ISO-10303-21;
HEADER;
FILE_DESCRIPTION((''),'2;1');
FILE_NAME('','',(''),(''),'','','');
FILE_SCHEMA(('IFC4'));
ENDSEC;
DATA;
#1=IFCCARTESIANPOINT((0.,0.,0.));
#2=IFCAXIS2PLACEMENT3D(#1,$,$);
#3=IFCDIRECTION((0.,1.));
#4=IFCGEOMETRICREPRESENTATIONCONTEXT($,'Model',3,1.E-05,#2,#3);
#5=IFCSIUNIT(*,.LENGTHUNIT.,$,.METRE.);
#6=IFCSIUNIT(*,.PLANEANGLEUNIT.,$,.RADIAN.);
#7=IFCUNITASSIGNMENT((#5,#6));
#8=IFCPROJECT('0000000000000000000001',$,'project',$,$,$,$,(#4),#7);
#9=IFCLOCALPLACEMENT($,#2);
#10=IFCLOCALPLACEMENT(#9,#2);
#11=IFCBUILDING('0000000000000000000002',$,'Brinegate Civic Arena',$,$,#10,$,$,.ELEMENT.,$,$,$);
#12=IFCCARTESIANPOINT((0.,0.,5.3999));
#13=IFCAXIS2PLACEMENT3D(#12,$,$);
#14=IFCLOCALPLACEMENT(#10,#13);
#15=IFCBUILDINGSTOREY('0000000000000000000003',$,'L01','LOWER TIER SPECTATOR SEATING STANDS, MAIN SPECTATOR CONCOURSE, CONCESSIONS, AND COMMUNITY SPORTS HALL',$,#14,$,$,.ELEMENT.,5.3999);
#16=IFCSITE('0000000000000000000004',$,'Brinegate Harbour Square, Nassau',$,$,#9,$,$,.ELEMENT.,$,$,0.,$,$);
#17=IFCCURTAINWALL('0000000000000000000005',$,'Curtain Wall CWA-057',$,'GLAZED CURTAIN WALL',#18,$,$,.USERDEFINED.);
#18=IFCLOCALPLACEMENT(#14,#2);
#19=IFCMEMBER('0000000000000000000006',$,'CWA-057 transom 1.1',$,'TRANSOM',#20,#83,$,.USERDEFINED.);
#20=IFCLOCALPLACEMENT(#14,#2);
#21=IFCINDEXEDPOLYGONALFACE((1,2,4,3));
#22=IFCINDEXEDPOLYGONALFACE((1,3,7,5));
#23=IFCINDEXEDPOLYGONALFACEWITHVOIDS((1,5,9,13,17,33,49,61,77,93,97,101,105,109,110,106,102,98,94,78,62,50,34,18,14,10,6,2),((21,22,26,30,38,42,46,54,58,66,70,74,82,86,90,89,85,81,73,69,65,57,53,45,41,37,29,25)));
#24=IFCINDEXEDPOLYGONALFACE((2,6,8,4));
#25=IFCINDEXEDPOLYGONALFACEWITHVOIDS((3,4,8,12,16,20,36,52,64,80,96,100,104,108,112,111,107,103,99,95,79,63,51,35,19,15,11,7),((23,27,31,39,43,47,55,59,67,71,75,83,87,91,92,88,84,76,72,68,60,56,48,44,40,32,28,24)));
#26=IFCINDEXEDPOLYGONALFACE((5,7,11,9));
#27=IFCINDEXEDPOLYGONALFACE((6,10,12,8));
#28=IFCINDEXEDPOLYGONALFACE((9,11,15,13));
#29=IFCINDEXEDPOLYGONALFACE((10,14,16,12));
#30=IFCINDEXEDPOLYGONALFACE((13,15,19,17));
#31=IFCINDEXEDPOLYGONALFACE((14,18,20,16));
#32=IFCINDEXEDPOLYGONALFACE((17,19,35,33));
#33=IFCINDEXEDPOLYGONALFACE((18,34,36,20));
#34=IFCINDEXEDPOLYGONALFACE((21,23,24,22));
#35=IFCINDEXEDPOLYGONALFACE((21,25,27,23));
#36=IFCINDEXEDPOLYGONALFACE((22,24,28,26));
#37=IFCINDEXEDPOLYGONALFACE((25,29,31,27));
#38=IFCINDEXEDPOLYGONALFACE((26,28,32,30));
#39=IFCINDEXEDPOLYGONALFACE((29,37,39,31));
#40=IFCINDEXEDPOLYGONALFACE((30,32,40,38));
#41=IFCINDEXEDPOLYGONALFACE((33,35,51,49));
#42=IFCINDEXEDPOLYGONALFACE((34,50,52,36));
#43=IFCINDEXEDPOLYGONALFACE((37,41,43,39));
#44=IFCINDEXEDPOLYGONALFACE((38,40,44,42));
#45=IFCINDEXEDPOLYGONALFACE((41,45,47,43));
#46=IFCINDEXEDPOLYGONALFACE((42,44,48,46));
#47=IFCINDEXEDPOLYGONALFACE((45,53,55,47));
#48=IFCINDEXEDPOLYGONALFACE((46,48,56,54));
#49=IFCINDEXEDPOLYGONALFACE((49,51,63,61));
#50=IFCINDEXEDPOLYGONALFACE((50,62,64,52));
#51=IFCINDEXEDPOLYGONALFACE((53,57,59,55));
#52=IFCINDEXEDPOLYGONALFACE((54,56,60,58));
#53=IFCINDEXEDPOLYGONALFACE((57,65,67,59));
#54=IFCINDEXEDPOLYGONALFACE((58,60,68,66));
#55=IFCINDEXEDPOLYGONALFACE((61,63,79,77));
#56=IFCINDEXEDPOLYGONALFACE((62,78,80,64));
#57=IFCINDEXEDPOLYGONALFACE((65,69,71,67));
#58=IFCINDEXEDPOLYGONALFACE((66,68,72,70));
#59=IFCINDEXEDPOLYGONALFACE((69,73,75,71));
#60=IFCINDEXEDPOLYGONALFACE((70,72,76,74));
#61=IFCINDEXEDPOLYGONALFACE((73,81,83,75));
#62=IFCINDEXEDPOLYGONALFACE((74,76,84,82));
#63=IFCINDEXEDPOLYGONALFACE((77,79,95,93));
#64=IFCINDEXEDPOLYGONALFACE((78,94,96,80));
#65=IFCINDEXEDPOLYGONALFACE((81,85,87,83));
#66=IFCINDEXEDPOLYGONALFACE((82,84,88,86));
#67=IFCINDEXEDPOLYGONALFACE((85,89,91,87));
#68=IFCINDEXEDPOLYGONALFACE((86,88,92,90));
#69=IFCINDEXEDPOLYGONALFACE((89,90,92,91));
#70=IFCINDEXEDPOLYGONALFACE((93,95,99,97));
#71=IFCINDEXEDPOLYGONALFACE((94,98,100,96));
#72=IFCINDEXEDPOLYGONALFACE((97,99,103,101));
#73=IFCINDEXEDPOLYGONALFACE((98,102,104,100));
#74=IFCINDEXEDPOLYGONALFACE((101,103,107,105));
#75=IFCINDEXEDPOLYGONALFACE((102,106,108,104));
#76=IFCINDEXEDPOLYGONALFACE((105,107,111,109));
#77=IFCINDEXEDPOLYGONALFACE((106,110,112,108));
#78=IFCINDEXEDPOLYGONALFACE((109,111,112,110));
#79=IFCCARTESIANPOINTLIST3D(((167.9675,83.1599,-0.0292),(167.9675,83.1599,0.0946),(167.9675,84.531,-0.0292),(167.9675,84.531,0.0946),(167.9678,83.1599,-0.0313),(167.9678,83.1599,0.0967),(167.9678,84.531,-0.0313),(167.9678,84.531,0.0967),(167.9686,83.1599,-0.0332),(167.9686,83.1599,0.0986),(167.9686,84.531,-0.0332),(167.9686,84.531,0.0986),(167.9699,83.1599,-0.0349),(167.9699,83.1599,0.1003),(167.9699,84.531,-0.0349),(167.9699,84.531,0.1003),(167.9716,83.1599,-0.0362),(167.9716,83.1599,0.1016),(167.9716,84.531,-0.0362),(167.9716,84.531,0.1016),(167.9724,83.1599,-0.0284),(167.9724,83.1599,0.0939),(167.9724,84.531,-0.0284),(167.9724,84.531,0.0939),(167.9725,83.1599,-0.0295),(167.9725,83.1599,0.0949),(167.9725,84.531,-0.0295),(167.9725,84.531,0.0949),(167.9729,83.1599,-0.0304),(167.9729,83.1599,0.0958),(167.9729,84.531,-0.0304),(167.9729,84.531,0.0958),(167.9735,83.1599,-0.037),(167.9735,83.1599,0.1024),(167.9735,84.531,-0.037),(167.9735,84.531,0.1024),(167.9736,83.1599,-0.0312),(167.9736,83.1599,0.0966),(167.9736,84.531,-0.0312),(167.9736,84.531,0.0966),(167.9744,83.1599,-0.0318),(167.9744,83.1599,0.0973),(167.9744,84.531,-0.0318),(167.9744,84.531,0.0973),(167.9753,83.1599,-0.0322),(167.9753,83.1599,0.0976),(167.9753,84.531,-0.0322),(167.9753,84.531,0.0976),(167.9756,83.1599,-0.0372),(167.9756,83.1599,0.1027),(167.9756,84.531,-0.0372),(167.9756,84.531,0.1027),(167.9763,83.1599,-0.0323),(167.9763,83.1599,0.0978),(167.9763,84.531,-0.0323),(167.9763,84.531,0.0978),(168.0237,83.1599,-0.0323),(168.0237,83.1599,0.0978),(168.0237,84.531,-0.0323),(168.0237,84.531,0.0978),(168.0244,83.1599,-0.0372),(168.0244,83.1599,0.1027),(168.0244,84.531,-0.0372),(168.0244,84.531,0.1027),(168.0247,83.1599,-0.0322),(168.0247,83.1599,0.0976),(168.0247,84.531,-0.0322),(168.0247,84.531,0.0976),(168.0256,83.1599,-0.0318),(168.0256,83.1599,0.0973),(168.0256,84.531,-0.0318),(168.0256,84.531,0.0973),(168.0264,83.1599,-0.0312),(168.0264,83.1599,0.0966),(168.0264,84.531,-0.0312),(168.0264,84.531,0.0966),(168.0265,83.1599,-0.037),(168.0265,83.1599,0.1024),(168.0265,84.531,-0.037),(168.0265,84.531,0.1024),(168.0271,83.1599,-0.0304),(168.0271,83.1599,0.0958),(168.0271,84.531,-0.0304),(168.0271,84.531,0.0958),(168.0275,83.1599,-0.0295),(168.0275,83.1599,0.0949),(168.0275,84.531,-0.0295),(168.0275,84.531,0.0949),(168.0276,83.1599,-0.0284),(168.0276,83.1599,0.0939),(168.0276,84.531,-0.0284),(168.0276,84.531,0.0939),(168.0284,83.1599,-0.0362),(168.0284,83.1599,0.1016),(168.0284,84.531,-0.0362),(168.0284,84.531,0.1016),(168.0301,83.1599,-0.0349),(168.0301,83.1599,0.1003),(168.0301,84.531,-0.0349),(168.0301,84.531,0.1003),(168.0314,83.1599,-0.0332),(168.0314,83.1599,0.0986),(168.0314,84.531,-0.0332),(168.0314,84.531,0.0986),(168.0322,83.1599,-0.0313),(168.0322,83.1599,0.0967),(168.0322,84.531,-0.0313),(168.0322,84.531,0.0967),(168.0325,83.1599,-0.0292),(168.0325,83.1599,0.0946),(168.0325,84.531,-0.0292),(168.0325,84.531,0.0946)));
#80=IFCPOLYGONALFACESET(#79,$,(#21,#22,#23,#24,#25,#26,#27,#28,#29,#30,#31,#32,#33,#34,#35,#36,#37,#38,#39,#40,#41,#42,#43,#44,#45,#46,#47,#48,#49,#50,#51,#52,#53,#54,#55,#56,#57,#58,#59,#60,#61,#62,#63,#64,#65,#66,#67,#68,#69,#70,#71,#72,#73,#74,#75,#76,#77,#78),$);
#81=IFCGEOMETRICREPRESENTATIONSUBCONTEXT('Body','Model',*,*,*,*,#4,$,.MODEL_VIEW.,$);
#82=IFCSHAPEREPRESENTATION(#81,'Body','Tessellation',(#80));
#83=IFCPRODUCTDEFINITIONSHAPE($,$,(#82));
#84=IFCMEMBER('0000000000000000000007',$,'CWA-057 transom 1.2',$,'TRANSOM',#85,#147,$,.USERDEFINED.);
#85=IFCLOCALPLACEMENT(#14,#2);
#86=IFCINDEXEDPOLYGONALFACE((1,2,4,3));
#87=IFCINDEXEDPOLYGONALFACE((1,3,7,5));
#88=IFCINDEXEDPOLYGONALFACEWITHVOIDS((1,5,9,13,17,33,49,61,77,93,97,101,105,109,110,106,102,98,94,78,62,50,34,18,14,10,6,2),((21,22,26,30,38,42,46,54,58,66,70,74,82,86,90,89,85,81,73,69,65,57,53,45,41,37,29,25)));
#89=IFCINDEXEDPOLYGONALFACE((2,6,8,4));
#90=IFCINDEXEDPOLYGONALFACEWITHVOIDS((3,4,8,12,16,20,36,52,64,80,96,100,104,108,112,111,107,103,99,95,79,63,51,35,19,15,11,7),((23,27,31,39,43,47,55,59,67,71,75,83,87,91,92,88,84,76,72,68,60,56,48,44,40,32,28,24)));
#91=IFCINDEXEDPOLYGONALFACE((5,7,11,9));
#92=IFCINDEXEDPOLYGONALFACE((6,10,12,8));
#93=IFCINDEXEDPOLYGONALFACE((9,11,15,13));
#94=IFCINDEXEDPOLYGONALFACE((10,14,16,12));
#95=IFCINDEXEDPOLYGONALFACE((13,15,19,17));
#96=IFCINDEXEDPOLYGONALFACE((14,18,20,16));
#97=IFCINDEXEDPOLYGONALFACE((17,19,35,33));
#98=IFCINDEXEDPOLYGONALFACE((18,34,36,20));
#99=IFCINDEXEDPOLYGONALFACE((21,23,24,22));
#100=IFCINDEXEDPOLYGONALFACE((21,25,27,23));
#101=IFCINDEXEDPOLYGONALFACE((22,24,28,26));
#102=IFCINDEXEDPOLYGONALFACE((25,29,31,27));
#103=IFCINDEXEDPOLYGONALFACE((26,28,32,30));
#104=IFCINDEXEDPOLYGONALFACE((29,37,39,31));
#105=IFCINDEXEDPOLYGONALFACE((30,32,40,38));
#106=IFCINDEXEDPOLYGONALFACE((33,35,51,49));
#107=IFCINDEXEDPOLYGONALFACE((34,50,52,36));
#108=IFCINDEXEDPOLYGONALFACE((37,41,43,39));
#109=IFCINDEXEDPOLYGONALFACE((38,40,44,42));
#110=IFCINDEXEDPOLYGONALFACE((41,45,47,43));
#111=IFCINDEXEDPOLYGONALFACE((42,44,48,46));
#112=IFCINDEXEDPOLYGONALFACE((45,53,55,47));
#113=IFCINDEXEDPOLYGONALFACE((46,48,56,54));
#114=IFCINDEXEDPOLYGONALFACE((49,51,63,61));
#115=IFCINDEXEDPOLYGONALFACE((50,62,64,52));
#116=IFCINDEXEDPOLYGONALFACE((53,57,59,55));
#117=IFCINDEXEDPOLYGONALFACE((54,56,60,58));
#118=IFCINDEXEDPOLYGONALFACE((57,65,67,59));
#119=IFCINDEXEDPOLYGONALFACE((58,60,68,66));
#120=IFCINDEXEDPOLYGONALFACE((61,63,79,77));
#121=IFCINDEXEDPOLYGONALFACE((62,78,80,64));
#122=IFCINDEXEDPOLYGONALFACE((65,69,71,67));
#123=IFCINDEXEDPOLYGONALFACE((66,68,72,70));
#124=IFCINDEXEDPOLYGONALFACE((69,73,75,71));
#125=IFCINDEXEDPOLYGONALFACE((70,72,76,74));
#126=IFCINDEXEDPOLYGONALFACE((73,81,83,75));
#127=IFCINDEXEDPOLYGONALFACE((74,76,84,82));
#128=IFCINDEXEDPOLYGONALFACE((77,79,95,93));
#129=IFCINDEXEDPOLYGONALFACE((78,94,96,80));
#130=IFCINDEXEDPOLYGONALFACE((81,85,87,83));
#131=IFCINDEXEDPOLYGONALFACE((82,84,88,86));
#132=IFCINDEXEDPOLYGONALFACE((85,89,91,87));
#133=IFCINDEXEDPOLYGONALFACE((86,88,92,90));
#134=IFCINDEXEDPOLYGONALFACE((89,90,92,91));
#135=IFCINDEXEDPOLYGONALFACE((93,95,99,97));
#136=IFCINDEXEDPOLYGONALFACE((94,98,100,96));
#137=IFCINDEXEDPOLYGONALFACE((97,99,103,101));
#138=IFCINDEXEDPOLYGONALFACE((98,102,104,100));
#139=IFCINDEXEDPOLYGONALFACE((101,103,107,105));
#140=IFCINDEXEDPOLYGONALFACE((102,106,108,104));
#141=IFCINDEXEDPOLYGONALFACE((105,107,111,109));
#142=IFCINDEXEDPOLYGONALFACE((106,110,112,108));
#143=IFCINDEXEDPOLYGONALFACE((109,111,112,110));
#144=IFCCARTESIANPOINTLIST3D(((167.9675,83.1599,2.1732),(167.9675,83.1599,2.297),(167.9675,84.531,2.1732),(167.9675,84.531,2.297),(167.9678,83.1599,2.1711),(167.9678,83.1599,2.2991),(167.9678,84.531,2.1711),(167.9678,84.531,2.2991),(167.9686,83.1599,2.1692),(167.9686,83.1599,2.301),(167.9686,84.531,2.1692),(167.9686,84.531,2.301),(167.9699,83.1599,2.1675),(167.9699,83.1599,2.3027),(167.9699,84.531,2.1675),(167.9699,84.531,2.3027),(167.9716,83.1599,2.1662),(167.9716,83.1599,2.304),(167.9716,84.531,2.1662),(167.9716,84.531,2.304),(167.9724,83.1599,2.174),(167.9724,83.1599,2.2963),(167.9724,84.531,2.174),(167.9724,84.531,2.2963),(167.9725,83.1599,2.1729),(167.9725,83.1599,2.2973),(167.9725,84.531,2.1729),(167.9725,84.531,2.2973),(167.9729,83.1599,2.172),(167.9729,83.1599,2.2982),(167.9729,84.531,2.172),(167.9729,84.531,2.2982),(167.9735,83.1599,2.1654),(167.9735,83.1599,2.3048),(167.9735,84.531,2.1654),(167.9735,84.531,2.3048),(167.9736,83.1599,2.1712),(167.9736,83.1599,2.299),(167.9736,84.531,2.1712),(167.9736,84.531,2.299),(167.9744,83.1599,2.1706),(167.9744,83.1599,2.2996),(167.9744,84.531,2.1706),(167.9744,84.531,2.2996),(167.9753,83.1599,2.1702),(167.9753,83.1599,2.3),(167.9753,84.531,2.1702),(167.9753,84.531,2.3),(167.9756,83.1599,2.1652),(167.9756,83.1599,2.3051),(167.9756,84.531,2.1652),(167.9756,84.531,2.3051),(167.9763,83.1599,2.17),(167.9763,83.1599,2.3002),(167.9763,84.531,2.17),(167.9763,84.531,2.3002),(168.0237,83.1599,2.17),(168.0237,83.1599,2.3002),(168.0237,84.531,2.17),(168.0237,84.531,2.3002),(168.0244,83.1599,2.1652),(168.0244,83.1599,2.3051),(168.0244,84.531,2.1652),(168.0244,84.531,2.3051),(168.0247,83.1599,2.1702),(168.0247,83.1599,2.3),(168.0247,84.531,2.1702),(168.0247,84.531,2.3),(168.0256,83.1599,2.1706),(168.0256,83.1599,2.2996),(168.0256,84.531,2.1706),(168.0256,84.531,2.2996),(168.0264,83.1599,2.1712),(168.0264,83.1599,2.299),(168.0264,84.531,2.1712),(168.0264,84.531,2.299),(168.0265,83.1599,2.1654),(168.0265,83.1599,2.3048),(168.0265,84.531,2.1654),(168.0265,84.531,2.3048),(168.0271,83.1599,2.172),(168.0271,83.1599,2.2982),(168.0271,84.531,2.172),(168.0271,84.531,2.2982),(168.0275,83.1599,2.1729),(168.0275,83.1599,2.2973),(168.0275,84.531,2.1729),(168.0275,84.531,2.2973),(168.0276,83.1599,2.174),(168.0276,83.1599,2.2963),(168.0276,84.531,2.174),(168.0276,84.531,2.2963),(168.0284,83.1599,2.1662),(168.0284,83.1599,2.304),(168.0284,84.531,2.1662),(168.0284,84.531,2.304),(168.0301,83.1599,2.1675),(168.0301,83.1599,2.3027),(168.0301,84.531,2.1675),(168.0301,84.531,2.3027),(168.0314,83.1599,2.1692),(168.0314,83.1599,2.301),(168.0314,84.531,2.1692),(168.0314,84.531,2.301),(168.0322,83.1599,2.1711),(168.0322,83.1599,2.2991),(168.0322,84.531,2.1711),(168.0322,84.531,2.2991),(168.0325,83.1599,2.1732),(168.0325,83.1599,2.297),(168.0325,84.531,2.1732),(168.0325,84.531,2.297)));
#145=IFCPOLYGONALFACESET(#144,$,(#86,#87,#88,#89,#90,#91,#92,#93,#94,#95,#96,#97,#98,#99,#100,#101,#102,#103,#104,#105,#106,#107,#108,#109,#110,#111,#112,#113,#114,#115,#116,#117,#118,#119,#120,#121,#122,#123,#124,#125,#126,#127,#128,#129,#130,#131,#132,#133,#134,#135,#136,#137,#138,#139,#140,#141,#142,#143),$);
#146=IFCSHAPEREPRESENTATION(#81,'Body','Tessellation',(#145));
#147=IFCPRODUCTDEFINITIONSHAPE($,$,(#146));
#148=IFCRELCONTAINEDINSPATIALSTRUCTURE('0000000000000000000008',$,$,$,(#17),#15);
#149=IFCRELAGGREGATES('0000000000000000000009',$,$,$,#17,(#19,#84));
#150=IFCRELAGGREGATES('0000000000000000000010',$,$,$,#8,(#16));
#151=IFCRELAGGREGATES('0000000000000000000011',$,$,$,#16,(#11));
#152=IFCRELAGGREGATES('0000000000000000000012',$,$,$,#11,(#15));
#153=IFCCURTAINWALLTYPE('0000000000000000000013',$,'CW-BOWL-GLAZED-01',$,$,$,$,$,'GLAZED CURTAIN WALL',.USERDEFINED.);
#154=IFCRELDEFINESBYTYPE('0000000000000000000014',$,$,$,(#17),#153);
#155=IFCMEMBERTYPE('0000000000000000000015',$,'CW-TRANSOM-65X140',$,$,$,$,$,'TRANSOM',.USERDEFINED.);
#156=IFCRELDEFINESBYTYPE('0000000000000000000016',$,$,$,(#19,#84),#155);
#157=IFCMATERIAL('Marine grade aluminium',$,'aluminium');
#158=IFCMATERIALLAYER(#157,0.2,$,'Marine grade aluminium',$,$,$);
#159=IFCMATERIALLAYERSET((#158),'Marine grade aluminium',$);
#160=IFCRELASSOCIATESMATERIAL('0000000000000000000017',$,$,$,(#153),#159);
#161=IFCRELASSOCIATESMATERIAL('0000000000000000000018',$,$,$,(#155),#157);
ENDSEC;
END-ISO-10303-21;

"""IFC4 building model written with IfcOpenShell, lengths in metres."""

from ifc_helpers import new_model, si_unit, direction, frame, origin, origin_2d, place, context, subcontext, project, spatial, hollow_rectangle, extrude, material, layer, layer_set, material_profile, profile_set, type_object, element, aggregate, save


model = new_model("IFC4")

# Units and contexts
model_context = context("Model", 3, precision=1e-05, world=origin(), true_north=direction((0.0, 1.0)))
body_context = subcontext(model_context, "Body", "Model", "MODEL_VIEW")
ifc_project = project(units=[si_unit("LENGTHUNIT", "METRE"), si_unit("PLANEANGLEUNIT", "RADIAN")], contexts=[model_context])

# Site, building, storey
site_placement = place(None, origin())
site = spatial("IfcSite", under=ifc_project, at=site_placement, Name="Brinegate Harbour Square, Nassau", CompositionType="ELEMENT", RefElevation=0.0)
building_placement = place(site_placement, origin())
building = spatial("IfcBuilding", under=site, at=building_placement, Name="Brinegate Civic Arena", CompositionType="ELEMENT")
storey_placement = place(building_placement, frame((0.0, 0.0, 5.3999)))
storey = spatial("IfcBuildingStorey", under=building, at=storey_placement, Name="L01", Description="LOWER TIER SPECTATOR SEATING STANDS, MAIN SPECTATOR CONCOURSE, CONCESSIONS, AND COMMUNITY SPORTS HALL", CompositionType="ELEMENT", Elevation=5.3999)

# Curtain wall, members
ifc_material_1 = material(Name="Marine grade aluminium", Category="aluminium")
ifc_layer_1 = layer(ifc_material_1, 0.2, Name="Marine grade aluminium")
ifc_layer_set_1 = layer_set([ifc_layer_1], Name="Marine grade aluminium")
curtain_wall_type = type_object("IfcCurtainWallType", Name="CW-BOWL-GLAZED-01", ElementType="GLAZED CURTAIN WALL", PredefinedType="USERDEFINED", material=ifc_layer_set_1)
curtain_wall_placement = place(storey_placement, origin())
curtain_wall = element("IfcCurtainWall", 1, at=curtain_wall_placement, inside=storey, type_object=curtain_wall_type, Name="Curtain Wall CWA-057", ObjectType="GLAZED CURTAIN WALL", PredefinedType="USERDEFINED")
ifc_material_profile_1 = material_profile(ifc_material_1, hollow_rectangle(XDim=0.0649, YDim=0.1399, WallThickness=0.0049, InnerFilletRadius=0.0039, OuterFilletRadius=0.0081, at=origin_2d()), Name="TRN65X140")
ifc_profile_set_1 = profile_set([ifc_material_profile_1], Name="Marine grade aluminium")
member_type_1 = type_object("IfcMemberType", Name="CW-TRANSOM-65X140", ElementType="TRANSOM", PredefinedType="USERDEFINED", material=ifc_profile_set_1)
member_1_placement = place(storey_placement, frame((168.0, 83.1599, 0.0327), z_axis=(0.0, 1.0, 0.0), x_axis=(-1.0, 0.0, 0.0)))
member_1 = element("IfcMember", 2, at=member_1_placement, type_object=member_type_1, Name="CWA-057 transom 1.1", ObjectType="TRANSOM", PredefinedType="USERDEFINED", context=body_context, shape_type="SweptSolid", body=[
    extrude(hollow_rectangle(XDim=0.0649, YDim=0.1399, WallThickness=0.0049, InnerFilletRadius=0.0039, OuterFilletRadius=0.0081, at=origin_2d()), origin(), (0.0, 0.0, 1.0), 1.3711),
])
member_2_placement = place(storey_placement, frame((168.0, 83.1599, 2.2351), z_axis=(0.0, 1.0, 0.0), x_axis=(-1.0, 0.0, 0.0)))
member_2 = element("IfcMember", 3, at=member_2_placement, type_object=member_type_1, Name="CWA-057 transom 1.2", ObjectType="TRANSOM", PredefinedType="USERDEFINED", context=body_context, shape_type="SweptSolid", body=[
    extrude(hollow_rectangle(XDim=0.0649, YDim=0.1399, WallThickness=0.0049, InnerFilletRadius=0.0039, OuterFilletRadius=0.0081, at=origin_2d()), origin(), (0.0, 0.0, 1.0), 1.3711),
])
aggregate(curtain_wall, [member_1, member_2])

save(model, "model.ifc")
